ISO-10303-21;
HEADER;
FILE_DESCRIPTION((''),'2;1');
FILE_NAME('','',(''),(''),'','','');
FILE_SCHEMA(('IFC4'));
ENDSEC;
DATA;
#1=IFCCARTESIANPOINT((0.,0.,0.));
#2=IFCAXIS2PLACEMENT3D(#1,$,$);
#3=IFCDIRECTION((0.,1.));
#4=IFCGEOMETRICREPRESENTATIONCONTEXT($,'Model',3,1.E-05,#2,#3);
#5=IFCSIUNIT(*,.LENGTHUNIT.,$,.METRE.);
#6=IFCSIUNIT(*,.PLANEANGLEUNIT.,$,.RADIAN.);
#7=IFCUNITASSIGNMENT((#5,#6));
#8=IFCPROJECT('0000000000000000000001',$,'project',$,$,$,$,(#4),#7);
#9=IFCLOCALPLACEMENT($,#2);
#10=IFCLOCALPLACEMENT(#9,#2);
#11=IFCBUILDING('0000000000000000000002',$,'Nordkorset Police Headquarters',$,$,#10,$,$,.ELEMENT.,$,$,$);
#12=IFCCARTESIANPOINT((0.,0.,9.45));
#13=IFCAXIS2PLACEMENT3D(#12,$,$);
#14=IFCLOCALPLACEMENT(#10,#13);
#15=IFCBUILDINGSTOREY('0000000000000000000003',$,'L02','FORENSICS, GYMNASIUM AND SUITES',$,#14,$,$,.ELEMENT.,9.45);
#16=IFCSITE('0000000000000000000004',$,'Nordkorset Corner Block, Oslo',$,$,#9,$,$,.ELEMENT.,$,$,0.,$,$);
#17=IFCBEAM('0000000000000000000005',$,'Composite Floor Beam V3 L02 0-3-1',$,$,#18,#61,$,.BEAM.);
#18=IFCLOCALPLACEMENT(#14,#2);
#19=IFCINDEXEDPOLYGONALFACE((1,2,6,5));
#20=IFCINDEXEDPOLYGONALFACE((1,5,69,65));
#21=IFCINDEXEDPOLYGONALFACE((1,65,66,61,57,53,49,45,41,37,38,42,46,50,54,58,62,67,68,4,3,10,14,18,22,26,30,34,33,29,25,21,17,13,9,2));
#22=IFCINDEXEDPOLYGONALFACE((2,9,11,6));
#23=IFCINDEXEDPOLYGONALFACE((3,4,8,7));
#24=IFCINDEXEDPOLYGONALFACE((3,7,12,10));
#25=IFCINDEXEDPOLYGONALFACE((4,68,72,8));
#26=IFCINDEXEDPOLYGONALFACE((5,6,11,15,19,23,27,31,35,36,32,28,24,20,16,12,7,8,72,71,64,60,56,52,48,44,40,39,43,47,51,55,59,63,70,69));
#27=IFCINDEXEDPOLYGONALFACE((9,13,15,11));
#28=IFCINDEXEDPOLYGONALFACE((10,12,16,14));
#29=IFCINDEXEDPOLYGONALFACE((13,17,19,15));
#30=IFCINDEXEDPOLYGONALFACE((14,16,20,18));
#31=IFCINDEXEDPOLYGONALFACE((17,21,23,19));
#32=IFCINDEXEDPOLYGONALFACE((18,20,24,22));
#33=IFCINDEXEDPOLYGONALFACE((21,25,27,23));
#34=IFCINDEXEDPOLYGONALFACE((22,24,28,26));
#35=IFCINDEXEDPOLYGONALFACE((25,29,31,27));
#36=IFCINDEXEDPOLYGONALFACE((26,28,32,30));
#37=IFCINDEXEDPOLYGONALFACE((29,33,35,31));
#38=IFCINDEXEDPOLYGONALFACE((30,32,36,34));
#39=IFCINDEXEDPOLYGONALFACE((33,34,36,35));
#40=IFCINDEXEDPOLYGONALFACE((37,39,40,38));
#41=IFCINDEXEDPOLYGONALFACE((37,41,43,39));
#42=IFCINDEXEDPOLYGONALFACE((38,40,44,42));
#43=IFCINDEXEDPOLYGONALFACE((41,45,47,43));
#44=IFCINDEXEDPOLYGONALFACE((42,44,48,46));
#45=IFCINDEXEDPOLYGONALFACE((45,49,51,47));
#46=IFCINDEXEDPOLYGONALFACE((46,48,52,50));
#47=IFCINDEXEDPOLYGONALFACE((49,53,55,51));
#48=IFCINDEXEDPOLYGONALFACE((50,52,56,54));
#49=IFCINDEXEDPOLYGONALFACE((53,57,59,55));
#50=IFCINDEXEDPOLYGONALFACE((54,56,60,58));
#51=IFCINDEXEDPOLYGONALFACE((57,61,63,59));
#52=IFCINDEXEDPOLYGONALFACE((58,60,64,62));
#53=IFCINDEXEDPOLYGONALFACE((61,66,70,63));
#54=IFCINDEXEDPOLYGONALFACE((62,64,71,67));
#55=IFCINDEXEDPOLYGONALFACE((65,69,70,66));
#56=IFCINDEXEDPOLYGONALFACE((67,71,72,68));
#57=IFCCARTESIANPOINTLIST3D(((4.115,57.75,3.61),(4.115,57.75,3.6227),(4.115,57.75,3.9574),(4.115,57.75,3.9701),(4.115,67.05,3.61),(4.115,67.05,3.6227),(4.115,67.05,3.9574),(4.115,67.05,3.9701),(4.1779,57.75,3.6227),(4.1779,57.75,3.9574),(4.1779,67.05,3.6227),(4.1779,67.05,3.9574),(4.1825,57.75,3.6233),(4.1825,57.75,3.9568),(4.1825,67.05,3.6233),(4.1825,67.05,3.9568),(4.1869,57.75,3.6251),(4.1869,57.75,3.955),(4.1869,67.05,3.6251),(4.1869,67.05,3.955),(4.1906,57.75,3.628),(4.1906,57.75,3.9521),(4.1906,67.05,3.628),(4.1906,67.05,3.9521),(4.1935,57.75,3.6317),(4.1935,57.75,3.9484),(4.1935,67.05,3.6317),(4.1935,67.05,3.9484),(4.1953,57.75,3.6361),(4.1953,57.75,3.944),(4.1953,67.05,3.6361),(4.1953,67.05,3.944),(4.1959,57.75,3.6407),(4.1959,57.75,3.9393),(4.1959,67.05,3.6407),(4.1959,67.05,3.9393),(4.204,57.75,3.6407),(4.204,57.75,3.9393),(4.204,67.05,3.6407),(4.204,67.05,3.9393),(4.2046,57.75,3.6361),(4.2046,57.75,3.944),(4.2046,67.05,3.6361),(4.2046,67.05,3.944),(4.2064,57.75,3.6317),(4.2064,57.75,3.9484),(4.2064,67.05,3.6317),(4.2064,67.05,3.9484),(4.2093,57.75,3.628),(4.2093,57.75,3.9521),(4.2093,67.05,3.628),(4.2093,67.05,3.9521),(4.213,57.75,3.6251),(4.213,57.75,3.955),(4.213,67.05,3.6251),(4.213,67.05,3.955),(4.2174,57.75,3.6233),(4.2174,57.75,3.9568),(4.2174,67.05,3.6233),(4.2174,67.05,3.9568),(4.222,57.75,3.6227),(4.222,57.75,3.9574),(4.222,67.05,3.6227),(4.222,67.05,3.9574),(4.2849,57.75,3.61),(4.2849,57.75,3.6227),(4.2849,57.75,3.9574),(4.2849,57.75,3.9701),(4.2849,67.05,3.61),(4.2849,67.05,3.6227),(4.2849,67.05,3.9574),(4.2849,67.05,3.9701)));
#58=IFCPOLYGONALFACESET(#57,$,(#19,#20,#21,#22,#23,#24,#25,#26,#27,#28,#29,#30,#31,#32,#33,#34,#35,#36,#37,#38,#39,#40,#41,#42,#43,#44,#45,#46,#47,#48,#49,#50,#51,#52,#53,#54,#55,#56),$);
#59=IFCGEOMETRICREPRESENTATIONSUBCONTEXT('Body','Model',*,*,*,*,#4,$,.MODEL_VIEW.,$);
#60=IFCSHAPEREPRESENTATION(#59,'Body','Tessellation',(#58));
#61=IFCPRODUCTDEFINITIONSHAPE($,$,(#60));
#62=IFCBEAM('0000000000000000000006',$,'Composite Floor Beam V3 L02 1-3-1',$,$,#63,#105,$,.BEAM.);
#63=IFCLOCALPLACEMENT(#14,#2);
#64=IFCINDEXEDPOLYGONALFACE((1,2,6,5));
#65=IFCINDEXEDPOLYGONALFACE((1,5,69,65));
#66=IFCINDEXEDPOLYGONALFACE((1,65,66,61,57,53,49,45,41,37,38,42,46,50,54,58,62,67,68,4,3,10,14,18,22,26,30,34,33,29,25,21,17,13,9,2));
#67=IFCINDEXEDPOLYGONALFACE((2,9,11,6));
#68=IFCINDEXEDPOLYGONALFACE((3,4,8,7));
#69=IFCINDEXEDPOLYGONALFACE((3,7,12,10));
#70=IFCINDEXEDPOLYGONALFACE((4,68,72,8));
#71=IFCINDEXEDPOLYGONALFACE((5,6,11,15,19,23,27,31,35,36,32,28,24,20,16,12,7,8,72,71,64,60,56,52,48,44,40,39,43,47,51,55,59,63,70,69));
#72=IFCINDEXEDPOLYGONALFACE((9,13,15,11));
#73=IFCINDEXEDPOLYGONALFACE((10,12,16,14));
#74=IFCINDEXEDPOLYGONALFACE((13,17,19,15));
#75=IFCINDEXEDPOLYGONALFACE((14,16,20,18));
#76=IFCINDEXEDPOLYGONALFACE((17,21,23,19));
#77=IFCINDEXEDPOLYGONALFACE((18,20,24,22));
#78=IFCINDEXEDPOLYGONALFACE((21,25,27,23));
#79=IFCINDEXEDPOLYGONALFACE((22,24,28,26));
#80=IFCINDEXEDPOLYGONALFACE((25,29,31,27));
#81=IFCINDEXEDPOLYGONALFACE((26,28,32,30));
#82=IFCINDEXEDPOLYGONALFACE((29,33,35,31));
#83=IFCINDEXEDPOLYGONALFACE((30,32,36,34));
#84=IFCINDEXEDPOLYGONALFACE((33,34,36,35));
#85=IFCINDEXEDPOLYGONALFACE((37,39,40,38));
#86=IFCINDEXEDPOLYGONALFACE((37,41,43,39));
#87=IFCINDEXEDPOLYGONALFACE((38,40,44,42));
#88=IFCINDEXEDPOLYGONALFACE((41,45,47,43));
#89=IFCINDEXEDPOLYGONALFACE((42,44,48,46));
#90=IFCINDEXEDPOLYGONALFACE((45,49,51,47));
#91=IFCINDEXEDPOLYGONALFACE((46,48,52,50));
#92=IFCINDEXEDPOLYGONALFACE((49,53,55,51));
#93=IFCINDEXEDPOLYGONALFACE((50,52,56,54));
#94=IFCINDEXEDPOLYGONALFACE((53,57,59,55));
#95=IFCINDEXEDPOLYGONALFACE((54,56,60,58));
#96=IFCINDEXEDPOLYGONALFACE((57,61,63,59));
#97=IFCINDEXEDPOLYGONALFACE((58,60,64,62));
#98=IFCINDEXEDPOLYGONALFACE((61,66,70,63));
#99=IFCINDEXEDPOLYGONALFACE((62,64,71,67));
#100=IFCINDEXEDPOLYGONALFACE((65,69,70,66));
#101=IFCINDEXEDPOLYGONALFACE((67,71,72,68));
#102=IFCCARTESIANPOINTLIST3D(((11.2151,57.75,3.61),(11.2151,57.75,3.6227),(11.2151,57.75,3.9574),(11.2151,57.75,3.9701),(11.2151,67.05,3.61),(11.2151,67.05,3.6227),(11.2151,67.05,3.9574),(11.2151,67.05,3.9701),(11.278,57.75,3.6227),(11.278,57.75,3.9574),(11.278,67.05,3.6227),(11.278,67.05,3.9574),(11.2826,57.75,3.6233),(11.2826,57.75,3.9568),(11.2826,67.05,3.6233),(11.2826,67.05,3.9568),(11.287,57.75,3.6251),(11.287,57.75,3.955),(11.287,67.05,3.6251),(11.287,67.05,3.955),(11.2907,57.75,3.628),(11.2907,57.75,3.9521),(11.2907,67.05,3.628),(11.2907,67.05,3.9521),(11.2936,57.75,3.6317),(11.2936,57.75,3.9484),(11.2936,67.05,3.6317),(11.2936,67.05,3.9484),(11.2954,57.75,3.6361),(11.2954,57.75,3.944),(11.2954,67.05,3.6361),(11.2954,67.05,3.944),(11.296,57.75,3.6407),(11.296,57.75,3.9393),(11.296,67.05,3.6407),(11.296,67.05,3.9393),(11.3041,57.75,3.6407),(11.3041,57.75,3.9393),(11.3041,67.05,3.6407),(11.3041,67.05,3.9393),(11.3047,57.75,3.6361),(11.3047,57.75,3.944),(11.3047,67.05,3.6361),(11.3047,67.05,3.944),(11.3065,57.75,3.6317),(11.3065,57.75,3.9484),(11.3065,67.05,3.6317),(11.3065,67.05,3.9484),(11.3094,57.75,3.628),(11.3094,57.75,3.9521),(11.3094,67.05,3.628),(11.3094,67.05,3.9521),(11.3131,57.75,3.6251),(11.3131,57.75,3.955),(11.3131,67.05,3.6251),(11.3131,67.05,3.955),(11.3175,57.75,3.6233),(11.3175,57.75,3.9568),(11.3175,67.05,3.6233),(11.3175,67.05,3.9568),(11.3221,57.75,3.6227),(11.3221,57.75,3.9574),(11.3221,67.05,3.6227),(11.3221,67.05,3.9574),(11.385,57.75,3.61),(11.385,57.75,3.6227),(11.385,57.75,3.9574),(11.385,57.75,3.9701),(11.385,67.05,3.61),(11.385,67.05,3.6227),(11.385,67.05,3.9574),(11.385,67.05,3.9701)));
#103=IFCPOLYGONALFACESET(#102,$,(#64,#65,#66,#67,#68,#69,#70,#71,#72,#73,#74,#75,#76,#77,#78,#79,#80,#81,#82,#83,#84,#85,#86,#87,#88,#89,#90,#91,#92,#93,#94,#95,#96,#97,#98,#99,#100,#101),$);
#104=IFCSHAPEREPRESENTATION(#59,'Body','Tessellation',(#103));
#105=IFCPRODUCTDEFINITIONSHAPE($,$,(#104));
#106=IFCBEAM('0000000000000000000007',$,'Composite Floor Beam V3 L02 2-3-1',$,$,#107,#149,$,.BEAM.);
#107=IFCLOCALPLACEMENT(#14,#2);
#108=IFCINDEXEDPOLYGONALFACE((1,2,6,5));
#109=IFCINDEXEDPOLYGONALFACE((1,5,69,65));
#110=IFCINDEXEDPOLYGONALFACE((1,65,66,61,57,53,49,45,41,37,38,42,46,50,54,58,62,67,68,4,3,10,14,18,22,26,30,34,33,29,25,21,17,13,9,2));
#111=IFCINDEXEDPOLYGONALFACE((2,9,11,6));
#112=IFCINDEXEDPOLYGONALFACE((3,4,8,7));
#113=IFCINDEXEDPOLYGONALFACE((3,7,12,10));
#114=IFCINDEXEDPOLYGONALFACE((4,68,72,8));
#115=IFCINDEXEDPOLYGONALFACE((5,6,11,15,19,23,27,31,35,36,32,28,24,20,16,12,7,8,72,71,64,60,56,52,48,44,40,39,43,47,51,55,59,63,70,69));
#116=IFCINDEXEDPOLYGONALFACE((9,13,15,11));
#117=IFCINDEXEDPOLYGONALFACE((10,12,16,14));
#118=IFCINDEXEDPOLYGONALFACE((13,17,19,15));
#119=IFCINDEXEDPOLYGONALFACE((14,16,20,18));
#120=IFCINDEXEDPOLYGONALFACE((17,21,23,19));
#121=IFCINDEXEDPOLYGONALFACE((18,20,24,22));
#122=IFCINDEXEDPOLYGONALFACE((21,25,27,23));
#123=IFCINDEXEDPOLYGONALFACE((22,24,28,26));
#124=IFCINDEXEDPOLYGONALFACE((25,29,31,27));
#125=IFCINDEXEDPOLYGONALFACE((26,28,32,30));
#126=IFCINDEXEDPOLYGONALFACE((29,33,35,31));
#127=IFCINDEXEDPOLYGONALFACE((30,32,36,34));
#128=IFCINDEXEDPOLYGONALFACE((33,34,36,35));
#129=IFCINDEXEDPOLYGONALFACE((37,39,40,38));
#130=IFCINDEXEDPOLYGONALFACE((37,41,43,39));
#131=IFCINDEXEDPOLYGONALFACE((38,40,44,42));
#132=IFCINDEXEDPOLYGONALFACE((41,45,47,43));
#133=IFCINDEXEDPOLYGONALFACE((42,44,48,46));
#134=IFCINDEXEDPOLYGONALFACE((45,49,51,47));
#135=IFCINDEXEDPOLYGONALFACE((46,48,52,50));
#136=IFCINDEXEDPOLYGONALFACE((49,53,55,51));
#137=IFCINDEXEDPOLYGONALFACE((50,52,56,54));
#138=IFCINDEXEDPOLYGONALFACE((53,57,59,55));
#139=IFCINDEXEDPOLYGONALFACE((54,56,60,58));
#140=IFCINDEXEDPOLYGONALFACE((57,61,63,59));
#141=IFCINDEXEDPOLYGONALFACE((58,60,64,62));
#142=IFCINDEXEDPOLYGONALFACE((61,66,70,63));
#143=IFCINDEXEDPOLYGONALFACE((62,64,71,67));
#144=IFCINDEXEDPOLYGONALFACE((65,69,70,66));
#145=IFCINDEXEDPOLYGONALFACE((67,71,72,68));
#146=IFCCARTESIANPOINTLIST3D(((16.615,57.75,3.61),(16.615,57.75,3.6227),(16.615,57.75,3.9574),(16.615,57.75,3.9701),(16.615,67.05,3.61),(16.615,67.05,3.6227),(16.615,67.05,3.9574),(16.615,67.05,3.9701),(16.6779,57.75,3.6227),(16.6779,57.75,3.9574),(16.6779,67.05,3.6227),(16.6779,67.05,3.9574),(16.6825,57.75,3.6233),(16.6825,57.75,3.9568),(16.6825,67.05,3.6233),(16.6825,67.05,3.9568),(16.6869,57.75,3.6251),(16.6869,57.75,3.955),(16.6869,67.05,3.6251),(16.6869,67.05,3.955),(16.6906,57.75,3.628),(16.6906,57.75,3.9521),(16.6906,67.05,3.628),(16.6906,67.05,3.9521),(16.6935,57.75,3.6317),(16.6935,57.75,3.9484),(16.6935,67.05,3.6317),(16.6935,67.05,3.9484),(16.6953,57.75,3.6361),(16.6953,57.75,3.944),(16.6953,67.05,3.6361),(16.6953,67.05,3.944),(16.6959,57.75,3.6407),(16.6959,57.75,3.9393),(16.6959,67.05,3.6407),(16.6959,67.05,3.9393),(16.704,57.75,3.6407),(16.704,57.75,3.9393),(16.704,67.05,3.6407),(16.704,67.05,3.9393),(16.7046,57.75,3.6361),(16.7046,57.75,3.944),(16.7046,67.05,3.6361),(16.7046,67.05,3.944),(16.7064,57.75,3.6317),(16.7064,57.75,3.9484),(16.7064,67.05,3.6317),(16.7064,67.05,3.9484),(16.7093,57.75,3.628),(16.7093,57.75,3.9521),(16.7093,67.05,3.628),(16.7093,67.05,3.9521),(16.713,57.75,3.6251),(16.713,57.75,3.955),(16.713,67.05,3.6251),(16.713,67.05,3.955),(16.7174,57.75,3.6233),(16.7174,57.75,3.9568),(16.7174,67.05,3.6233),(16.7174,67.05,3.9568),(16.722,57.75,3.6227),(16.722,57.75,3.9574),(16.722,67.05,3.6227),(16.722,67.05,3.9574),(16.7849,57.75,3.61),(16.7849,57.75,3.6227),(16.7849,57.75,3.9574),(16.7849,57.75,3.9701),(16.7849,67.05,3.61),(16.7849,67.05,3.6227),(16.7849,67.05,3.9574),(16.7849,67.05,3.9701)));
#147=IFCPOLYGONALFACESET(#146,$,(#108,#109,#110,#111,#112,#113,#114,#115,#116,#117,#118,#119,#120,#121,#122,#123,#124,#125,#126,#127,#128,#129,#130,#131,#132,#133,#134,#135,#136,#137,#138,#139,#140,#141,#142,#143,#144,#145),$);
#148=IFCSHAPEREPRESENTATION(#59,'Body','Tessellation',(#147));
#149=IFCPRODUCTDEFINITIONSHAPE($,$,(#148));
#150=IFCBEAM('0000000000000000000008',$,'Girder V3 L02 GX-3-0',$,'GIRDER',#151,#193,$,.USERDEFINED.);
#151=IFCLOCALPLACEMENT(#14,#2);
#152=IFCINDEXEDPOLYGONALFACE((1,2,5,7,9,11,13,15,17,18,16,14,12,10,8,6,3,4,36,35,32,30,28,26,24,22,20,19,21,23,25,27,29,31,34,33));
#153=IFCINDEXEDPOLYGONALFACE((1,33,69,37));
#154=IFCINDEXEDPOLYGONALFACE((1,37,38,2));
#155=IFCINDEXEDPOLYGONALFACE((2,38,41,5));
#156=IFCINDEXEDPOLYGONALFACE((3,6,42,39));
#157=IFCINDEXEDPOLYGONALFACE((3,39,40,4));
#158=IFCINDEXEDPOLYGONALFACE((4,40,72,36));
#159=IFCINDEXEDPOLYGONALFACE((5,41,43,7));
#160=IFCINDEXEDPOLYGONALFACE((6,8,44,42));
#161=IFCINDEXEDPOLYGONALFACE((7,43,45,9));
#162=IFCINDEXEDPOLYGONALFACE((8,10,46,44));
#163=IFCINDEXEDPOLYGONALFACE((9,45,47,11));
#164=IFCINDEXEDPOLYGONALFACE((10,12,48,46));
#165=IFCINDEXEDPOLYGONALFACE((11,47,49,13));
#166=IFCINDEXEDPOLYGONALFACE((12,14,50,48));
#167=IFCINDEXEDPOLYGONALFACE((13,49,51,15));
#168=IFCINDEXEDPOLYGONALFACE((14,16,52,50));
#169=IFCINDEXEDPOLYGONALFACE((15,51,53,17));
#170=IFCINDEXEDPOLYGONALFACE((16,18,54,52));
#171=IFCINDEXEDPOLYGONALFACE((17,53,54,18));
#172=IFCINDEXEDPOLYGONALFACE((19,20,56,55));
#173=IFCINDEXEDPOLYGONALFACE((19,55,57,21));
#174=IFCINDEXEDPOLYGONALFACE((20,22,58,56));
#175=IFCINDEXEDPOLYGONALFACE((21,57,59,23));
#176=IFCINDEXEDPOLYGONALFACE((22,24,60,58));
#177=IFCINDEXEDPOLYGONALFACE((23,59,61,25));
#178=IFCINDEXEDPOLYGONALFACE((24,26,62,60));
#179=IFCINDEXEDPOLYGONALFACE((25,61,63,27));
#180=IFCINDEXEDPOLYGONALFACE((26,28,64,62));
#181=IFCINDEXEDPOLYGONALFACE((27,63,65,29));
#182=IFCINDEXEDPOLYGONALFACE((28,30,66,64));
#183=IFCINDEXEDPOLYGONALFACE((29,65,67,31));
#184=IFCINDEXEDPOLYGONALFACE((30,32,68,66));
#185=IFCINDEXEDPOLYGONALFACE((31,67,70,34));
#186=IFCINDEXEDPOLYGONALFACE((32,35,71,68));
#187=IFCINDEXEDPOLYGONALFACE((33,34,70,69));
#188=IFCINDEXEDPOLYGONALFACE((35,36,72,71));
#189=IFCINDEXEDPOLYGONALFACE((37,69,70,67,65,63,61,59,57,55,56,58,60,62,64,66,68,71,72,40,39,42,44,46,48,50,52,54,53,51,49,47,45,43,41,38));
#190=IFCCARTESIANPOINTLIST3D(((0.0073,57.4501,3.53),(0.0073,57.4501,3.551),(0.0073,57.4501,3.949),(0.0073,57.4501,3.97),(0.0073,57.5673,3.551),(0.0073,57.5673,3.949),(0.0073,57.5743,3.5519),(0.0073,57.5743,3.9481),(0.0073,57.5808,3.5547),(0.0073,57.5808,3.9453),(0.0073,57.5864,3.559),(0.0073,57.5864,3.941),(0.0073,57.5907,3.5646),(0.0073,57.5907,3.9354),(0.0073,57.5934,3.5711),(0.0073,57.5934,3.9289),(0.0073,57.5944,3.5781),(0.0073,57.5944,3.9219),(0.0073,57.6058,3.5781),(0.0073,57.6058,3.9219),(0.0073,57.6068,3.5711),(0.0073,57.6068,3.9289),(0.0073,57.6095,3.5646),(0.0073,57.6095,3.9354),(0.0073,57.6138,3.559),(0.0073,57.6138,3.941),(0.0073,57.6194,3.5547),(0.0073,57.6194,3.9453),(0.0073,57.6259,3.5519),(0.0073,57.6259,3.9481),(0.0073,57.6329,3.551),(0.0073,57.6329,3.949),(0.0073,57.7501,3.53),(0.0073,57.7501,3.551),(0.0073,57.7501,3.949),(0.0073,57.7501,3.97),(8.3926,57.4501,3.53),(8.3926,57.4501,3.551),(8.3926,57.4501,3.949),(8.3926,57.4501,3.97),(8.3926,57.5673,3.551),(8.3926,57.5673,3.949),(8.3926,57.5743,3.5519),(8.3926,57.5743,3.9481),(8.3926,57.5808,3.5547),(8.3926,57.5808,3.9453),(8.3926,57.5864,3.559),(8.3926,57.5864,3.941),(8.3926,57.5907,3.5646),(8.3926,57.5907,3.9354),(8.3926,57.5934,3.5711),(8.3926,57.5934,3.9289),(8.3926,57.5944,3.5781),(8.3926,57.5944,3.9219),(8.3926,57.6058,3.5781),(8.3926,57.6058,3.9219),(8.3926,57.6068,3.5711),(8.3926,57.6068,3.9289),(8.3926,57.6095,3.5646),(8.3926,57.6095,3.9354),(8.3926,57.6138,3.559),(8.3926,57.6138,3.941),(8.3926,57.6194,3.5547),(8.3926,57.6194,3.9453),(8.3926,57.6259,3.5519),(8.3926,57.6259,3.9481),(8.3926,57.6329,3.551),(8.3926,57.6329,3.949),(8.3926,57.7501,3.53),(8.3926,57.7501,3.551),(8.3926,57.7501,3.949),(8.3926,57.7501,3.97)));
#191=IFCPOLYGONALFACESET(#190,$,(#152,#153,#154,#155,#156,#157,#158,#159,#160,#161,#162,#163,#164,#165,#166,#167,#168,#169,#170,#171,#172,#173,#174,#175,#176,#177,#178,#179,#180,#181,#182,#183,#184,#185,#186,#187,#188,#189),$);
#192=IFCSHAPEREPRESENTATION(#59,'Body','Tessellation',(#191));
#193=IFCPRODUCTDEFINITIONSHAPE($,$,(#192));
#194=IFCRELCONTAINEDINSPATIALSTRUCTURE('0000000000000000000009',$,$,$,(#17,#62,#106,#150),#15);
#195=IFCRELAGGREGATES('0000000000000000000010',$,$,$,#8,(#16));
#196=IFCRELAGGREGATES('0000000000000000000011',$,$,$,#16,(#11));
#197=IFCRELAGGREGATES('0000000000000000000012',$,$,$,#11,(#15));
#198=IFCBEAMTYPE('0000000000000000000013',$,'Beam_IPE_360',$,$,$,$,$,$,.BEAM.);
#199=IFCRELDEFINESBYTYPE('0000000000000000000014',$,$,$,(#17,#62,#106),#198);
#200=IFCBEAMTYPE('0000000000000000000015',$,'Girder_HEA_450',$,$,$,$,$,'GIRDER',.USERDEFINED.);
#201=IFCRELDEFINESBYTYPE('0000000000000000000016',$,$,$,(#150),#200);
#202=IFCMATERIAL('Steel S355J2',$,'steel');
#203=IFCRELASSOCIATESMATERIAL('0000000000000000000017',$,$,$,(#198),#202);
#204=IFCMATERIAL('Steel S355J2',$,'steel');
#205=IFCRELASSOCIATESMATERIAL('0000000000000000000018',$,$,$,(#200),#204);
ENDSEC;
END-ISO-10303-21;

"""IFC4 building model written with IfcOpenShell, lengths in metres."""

from ifc_helpers import new_model, si_unit, direction, frame, origin, origin_2d, place, context, subcontext, project, spatial, i_section, extrude, material, material_profile, profile_set, type_object, element, save


model = new_model("IFC4")

# Units and contexts
model_context = context("Model", 3, precision=1e-05, world=origin(), true_north=direction((0.0, 1.0)))
body_context = subcontext(model_context, "Body", "Model", "MODEL_VIEW")
ifc_project = project(units=[si_unit("LENGTHUNIT", "METRE"), si_unit("PLANEANGLEUNIT", "RADIAN")], contexts=[model_context])

# Site, building, storey
site_placement = place(None, origin())
site = spatial("IfcSite", under=ifc_project, at=site_placement, Name="Nordkorset Corner Block, Oslo", CompositionType="ELEMENT", RefElevation=0.0)
building_placement = place(site_placement, origin())
building = spatial("IfcBuilding", under=site, at=building_placement, Name="Nordkorset Police Headquarters", CompositionType="ELEMENT")
storey_placement = place(building_placement, frame((0.0, 0.0, 9.45)))
storey = spatial("IfcBuildingStorey", under=building, at=storey_placement, Name="L02", Description="FORENSICS, GYMNASIUM AND SUITES", CompositionType="ELEMENT", Elevation=9.45)

# Beams
ifc_material_1 = material(Name="Steel S355J2", Category="steel")
ifc_material_profile_1 = material_profile(ifc_material_1, i_section(OverallWidth=0.1699, OverallDepth=0.3601, WebThickness=0.0081, FlangeThickness=0.0127, FilletRadius=0.0181, at=origin_2d()), Name="IPE 360")
ifc_profile_set_1 = profile_set([ifc_material_profile_1], Name="Steel S355J2")
beam_type_1 = type_object("IfcBeamType", Name="Beam_IPE_360", PredefinedType="BEAM", material=ifc_profile_set_1)
for number, where, z_axis, x_axis, name in (
    (1, (4.2, 57.75, 3.79), (0.0, 1.0, 0.0), (-1.0, 0.0, 0.0), "Composite Floor Beam V3 L02 0-3-1"),
    (2, (11.3, 57.75, 3.79), (0.0, 1.0, 0.0), (-1.0, 0.0, 0.0), "Composite Floor Beam V3 L02 1-3-1"),
    (3, (16.7, 57.75, 3.79), (0.0, 1.0, 0.0), (-1.0, 0.0, 0.0), "Composite Floor Beam V3 L02 2-3-1"),
):
    element("IfcBeam", number, at=place(storey_placement, frame(where, z_axis=z_axis, x_axis=x_axis)), inside=storey, type_object=beam_type_1, Name=name, PredefinedType="BEAM", context=body_context, shape_type="SweptSolid", body=[
        extrude(i_section(OverallWidth=0.1699, OverallDepth=0.3601, WebThickness=0.0081, FlangeThickness=0.0127, FilletRadius=0.0181, at=origin_2d()), origin(), (0.0, 0.0, 1.0), 9.3),
    ])
ifc_material_2 = material(Name="Steel S355J2", Category="steel")
ifc_material_profile_2 = material_profile(ifc_material_2, i_section(OverallWidth=0.3, OverallDepth=0.4399, WebThickness=0.0115, FlangeThickness=0.021, FilletRadius=0.0271, at=origin_2d()), Name="HEA 450")
ifc_profile_set_2 = profile_set([ifc_material_profile_2], Name="Steel S355J2")
beam_type_2 = type_object("IfcBeamType", Name="Girder_HEA_450", ElementType="GIRDER", PredefinedType="USERDEFINED", material=ifc_profile_set_2)
beam_1_placement = place(storey_placement, frame((0.0073, 57.6001, 3.75), z_axis=(1.0, 0.0, 0.0), x_axis=(0.0, 1.0, 0.0)))
element("IfcBeam", 4, at=beam_1_placement, inside=storey, type_object=beam_type_2, Name="Girder V3 L02 GX-3-0", ObjectType="GIRDER", PredefinedType="USERDEFINED", context=body_context, shape_type="SweptSolid", body=[
    extrude(i_section(OverallWidth=0.3, OverallDepth=0.4399, WebThickness=0.0115, FlangeThickness=0.021, FilletRadius=0.0271, at=origin_2d()), origin(), (0.0, 0.0, 1.0), 8.3853),
])

save(model, "model.ifc")
